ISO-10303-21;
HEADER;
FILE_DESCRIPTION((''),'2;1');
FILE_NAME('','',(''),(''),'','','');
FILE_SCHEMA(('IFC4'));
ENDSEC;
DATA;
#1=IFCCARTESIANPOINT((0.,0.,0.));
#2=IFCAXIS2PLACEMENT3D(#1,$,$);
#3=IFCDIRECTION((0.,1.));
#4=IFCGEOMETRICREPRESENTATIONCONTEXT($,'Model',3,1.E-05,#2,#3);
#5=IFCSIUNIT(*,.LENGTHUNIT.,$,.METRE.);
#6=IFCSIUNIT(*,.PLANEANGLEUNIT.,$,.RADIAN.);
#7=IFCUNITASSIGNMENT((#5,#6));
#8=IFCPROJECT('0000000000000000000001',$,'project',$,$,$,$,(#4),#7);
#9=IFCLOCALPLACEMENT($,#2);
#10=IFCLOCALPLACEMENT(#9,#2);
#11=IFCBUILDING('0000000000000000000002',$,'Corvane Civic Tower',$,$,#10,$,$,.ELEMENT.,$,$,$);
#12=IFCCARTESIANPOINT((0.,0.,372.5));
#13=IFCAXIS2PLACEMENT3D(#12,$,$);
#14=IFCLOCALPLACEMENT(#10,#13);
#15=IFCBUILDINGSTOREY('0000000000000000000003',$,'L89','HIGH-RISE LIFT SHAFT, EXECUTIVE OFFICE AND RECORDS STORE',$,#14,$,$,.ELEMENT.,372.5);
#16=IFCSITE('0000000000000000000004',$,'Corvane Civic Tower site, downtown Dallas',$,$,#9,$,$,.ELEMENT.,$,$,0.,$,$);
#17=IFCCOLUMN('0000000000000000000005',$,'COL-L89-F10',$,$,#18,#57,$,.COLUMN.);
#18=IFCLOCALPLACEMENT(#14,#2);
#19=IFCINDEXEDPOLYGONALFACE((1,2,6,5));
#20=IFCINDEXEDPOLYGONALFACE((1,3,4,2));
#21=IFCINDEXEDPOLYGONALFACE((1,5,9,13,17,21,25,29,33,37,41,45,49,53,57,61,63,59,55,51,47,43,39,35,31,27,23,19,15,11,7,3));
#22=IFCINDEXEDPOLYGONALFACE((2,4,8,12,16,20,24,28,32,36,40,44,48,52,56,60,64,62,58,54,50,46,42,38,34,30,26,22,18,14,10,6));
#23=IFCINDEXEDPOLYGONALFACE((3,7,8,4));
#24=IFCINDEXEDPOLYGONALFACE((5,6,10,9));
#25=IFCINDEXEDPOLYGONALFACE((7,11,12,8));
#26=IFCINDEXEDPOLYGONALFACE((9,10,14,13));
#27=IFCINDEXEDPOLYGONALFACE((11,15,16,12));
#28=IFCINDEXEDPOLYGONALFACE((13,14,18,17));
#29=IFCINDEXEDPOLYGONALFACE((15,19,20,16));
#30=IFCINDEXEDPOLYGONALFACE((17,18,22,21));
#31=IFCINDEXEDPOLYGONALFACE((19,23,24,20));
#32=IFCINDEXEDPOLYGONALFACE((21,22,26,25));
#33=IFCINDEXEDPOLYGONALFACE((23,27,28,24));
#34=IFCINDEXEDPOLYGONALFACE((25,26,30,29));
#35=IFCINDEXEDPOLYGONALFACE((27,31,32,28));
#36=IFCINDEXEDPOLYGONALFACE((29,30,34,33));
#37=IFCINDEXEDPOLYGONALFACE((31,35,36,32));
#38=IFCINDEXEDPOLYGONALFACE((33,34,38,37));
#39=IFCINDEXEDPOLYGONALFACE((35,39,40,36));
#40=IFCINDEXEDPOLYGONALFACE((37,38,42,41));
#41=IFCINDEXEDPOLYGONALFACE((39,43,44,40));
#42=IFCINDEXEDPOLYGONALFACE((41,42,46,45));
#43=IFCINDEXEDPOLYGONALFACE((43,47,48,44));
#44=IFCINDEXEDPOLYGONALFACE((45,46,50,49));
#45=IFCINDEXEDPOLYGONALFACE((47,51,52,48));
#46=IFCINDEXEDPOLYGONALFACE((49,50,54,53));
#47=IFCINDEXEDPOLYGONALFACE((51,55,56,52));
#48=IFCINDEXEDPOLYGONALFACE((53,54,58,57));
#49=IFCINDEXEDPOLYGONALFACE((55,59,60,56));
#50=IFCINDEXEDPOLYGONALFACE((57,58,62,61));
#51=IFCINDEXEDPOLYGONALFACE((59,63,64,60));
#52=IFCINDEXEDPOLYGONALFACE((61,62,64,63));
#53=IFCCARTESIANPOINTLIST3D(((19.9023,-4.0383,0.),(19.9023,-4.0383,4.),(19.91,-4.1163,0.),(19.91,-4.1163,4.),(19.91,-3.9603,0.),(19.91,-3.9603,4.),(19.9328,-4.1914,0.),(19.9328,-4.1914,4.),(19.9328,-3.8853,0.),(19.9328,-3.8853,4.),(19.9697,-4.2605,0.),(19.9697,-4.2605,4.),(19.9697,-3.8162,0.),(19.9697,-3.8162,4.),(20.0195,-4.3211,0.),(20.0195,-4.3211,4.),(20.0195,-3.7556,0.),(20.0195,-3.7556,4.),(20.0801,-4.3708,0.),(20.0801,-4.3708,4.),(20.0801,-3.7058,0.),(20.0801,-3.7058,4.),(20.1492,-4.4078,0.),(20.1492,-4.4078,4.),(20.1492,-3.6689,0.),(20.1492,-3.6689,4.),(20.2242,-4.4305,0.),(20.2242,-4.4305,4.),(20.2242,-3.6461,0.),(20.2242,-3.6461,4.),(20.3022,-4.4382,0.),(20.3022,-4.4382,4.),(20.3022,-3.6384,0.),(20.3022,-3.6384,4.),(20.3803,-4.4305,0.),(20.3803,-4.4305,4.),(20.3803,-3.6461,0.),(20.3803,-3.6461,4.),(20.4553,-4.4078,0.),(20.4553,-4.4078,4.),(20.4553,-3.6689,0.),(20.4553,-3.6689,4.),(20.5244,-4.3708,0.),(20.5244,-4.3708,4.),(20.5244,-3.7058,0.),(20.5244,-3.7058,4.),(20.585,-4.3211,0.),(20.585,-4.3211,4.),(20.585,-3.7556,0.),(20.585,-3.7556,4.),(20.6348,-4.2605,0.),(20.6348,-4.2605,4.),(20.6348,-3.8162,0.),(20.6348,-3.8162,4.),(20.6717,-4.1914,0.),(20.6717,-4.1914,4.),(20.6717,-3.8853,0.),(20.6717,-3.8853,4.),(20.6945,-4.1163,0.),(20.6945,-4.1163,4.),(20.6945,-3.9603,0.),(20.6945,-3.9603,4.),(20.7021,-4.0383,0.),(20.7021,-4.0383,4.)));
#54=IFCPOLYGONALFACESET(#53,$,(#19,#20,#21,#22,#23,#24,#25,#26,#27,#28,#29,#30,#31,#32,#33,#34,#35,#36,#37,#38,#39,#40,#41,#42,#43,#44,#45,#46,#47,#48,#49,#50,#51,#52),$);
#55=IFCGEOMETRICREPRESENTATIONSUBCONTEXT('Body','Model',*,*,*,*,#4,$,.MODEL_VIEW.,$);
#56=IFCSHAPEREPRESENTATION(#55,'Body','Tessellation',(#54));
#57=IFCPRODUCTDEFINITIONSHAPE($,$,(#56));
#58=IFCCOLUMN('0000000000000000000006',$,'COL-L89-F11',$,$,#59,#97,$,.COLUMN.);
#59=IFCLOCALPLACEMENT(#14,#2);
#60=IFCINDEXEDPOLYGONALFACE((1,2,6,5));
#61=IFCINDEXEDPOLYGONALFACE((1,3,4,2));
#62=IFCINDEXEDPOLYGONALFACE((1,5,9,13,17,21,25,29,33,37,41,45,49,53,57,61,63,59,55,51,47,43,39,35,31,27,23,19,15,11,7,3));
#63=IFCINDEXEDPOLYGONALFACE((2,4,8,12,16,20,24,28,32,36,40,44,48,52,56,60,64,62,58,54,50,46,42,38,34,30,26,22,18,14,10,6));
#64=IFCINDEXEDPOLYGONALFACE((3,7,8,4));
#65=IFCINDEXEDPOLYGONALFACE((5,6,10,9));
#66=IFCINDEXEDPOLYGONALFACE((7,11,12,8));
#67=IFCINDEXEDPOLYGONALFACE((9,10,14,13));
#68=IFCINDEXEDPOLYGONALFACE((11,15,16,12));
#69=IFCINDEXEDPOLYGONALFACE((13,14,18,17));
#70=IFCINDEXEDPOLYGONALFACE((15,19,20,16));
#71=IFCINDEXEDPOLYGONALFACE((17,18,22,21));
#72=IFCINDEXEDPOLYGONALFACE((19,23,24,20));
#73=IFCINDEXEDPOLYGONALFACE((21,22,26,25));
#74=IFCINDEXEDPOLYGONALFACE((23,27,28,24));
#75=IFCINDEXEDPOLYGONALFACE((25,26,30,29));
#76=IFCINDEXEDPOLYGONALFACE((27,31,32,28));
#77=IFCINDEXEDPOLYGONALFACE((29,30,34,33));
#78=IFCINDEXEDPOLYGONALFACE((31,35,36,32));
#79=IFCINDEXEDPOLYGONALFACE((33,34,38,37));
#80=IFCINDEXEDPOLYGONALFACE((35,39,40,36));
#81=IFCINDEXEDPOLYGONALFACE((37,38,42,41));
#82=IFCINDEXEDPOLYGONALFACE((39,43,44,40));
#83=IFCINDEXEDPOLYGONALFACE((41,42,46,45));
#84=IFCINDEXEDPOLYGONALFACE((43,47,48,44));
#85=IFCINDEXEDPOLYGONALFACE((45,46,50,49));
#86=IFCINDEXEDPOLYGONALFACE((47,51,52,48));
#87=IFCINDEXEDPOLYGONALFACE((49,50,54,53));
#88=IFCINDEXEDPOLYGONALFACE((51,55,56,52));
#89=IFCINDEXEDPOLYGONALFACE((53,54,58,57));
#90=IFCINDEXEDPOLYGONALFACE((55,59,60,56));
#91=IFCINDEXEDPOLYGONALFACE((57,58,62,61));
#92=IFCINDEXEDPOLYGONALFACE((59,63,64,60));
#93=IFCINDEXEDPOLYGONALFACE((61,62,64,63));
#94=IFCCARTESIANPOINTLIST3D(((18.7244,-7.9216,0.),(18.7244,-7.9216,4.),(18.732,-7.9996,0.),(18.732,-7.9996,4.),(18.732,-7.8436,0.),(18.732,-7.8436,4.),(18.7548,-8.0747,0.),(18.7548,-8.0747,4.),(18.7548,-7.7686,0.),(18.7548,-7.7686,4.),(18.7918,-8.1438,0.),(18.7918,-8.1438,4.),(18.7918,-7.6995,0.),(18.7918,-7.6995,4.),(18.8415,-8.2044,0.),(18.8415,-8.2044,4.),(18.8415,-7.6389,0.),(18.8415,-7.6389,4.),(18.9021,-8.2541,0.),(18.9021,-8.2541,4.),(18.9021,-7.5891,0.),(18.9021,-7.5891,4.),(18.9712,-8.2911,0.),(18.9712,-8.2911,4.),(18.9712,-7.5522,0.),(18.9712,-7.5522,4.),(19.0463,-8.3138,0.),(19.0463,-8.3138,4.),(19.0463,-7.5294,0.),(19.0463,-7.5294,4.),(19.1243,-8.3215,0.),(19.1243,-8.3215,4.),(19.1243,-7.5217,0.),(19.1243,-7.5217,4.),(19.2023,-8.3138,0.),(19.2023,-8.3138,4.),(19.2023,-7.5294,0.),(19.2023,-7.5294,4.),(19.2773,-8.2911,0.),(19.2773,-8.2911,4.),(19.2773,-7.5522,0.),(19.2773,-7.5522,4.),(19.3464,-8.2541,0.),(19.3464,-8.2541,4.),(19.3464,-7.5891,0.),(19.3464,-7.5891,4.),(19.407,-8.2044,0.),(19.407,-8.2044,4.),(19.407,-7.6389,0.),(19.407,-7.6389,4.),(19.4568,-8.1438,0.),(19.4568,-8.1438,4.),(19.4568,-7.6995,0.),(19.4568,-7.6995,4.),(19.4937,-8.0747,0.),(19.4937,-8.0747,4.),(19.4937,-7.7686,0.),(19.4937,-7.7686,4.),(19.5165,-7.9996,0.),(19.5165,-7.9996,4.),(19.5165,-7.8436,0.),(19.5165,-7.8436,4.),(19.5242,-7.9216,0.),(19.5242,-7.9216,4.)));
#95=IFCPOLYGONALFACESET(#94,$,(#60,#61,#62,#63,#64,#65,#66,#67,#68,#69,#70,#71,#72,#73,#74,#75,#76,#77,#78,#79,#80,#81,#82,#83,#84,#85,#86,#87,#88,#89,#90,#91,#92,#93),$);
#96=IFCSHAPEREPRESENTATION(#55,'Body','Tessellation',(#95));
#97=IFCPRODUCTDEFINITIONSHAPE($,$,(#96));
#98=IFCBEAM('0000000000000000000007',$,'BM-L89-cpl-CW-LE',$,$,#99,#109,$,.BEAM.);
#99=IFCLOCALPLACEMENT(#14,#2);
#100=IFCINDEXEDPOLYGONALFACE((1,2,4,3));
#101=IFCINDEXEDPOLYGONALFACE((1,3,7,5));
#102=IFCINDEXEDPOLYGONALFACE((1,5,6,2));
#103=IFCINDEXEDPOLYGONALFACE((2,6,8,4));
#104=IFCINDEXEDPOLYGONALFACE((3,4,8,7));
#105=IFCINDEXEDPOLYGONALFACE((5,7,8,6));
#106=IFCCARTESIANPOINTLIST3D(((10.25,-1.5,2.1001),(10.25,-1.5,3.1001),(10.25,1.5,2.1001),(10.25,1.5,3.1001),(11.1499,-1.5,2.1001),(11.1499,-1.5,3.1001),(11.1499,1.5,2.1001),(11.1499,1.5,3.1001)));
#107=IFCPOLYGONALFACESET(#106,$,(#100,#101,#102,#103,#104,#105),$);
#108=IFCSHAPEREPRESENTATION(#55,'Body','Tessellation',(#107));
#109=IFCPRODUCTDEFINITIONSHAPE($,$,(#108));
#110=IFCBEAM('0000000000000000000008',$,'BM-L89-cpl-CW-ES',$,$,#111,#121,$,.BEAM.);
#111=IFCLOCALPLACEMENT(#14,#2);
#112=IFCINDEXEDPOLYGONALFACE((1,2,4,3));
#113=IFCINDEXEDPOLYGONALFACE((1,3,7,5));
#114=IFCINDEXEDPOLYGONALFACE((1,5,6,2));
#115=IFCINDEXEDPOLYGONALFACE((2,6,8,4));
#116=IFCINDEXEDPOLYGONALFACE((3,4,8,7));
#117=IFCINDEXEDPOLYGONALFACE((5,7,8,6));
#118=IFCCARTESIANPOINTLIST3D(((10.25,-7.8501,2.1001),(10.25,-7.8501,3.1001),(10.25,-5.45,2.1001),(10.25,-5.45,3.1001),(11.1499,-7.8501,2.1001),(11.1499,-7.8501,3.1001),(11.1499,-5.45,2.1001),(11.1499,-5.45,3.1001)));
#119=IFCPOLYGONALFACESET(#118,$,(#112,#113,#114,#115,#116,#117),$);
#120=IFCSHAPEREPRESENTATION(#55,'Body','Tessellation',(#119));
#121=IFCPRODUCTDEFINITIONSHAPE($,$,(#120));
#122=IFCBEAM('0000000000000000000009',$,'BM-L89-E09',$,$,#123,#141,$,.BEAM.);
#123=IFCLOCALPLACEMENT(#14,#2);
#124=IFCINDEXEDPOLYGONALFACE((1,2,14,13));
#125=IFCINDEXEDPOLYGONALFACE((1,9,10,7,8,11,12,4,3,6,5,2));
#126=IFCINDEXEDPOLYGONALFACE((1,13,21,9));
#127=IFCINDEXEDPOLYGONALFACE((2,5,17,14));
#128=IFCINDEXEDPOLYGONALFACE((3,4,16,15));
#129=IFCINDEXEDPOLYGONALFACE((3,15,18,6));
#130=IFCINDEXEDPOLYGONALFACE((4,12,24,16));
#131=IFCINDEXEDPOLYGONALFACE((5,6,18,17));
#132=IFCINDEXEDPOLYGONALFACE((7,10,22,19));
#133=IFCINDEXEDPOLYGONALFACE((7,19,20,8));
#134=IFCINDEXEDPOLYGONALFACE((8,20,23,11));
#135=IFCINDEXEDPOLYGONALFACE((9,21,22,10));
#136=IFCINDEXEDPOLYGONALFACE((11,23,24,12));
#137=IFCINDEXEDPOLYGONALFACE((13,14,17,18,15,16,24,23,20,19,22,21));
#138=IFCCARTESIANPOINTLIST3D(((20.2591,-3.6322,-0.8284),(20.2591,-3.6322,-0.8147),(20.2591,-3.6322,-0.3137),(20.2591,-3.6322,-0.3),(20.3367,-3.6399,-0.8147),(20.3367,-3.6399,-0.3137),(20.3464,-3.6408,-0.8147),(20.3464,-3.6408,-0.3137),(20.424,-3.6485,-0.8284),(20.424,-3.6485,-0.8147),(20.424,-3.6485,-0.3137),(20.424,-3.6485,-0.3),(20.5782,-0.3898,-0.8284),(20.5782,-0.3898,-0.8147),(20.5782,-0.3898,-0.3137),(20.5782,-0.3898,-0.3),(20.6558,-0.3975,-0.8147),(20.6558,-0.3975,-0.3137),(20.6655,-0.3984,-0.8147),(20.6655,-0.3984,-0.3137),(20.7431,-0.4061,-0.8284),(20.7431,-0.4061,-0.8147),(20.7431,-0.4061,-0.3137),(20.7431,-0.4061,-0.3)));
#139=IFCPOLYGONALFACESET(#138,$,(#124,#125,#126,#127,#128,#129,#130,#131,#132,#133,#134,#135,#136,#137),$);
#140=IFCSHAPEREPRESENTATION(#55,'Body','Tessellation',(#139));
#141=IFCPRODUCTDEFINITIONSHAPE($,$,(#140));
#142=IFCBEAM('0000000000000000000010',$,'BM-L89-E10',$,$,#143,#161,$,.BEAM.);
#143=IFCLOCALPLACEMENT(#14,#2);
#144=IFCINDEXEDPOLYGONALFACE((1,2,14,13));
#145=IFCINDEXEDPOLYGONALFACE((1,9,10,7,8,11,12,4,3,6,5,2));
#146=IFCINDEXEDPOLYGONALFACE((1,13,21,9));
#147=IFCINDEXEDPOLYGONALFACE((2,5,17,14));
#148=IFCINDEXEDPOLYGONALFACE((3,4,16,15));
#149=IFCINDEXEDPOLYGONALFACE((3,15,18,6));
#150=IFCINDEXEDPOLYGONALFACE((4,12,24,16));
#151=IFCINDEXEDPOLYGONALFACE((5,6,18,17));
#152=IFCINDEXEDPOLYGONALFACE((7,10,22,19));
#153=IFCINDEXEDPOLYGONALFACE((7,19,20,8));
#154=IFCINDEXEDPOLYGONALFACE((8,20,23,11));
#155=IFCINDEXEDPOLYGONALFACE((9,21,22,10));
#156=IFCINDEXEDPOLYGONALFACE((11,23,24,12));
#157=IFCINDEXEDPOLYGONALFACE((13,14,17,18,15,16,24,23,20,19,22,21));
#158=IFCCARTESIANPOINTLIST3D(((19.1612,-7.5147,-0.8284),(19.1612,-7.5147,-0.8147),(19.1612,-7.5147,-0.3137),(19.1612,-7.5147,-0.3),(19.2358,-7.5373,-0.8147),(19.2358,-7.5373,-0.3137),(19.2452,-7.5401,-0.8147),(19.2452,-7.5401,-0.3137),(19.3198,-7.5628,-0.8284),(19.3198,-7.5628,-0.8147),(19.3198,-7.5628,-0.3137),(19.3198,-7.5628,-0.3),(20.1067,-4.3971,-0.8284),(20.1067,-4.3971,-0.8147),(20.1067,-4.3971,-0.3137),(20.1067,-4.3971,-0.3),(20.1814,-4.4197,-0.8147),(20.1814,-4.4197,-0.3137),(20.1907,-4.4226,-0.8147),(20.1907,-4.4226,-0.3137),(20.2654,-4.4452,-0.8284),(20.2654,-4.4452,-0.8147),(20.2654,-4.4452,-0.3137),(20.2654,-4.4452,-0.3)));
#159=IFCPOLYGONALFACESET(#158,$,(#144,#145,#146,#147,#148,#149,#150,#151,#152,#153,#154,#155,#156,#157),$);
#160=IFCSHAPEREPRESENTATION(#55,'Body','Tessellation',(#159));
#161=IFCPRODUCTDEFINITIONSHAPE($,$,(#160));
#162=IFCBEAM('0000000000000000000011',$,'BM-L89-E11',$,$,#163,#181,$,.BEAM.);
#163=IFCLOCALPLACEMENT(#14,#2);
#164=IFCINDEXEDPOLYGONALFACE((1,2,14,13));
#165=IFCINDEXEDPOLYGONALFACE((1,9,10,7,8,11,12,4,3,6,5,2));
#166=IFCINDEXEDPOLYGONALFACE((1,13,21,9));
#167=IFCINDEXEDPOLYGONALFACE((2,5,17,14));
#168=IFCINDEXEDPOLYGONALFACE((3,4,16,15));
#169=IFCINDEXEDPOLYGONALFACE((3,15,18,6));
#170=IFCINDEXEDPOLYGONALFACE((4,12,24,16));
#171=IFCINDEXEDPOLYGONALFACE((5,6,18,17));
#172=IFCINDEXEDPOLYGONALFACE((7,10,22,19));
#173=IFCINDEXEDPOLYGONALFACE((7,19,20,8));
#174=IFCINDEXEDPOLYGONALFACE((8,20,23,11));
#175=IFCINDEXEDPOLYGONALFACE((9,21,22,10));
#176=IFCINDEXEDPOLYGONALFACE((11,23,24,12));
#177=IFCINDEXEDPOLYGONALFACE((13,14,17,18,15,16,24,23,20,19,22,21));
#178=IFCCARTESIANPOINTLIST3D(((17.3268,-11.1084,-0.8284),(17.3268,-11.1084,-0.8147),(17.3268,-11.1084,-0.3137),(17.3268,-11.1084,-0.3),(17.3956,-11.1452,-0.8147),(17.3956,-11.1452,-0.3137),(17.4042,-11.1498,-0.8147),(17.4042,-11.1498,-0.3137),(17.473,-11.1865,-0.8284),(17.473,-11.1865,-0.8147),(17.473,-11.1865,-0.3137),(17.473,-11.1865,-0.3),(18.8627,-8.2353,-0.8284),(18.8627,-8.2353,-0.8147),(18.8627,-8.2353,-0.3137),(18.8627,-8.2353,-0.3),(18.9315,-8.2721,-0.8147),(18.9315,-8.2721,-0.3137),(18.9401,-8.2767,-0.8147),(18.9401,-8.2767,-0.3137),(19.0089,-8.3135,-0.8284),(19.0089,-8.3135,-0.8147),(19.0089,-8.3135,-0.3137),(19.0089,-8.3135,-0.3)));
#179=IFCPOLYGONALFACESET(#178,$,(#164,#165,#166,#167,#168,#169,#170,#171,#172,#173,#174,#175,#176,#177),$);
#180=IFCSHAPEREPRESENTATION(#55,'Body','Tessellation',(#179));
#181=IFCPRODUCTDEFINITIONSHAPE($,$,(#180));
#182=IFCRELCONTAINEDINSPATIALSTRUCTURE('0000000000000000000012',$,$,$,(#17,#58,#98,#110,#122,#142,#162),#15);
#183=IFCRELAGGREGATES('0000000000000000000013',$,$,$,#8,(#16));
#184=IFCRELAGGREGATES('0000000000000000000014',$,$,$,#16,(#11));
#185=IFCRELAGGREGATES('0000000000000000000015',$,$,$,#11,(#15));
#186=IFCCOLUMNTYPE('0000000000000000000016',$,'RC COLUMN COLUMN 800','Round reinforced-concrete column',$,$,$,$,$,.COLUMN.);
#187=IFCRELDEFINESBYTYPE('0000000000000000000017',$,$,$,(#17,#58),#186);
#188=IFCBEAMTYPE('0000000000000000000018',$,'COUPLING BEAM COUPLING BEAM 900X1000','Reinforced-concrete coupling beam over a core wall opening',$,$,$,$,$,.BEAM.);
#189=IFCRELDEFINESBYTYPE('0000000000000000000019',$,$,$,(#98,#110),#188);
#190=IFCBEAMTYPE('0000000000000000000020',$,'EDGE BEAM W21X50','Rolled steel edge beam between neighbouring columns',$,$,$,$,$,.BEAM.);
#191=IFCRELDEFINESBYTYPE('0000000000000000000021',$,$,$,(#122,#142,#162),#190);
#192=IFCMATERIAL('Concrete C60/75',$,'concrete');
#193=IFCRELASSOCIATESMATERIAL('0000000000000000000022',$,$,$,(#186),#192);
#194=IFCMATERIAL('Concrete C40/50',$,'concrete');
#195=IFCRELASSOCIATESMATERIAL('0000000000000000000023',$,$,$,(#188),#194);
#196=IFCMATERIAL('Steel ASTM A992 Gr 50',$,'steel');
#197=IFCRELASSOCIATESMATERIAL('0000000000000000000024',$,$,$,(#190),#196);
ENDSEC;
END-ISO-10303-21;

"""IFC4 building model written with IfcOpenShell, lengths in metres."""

from ifc_helpers import new_model, si_unit, direction, frame, origin, origin_2d, place, context, subcontext, project, spatial, rectangle, circle, i_section, extrude, material, material_profile, profile_set, type_object, element, save


model = new_model("IFC4")

# Units and contexts
model_context = context("Model", 3, precision=1e-05, world=origin(), true_north=direction((0.0, 1.0)))
body_context = subcontext(model_context, "Body", "Model", "MODEL_VIEW")
ifc_project = project(units=[si_unit("LENGTHUNIT", "METRE"), si_unit("PLANEANGLEUNIT", "RADIAN")], contexts=[model_context])

# Site, building, storey
site_placement = place(None, origin())
site = spatial("IfcSite", under=ifc_project, at=site_placement, Name="Corvane Civic Tower site, downtown Dallas", CompositionType="ELEMENT", RefElevation=0.0)
building_placement = place(site_placement, origin())
building = spatial("IfcBuilding", under=site, at=building_placement, Name="Corvane Civic Tower", CompositionType="ELEMENT")
storey_placement = place(building_placement, frame((0.0, 0.0, 372.5)))
storey = spatial("IfcBuildingStorey", under=building, at=storey_placement, Name="L89", Description="HIGH-RISE LIFT SHAFT, EXECUTIVE OFFICE AND RECORDS STORE", CompositionType="ELEMENT", Elevation=372.5)

# Columns
ifc_material_1 = material(Name="Concrete C60/75", Category="concrete")
ifc_material_profile_1 = material_profile(ifc_material_1, circle(Radius=0.3999, at=origin_2d()), Name="COLUMN 800")
ifc_profile_set_1 = profile_set([ifc_material_profile_1], Name="Concrete C60/75")
column_type = type_object("IfcColumnType", Name="RC COLUMN COLUMN 800", Description="Round reinforced-concrete column", PredefinedType="COLUMN", material=ifc_profile_set_1)
for number, where, z_axis, x_axis, name in (
    (1, (20.3022, -4.0383, 0.0), (0.0, 0.0, 1.0), (1.0, 0.0, 0.0), "COL-L89-F10"),
    (2, (19.1243, -7.9216, 0.0), (0.0, 0.0, 1.0), (1.0, 0.0, 0.0), "COL-L89-F11"),
):
    element("IfcColumn", number, at=place(storey_placement, frame(where, z_axis=z_axis, x_axis=x_axis)), inside=storey, type_object=column_type, Name=name, PredefinedType="COLUMN", context=body_context, shape_type="SweptSolid", body=[
        extrude(circle(Radius=0.3999, at=origin_2d()), origin(), (0.0, 0.0, 1.0), 4.0),
    ])

# Beams
ifc_material_2 = material(Name="Concrete C40/50", Category="concrete")
ifc_material_profile_2 = material_profile(ifc_material_2, rectangle(XDim=0.8999, YDim=1.0, at=origin_2d()), Name="COUPLING BEAM 900X1000")
ifc_profile_set_2 = profile_set([ifc_material_profile_2], Name="Concrete C40/50")
beam_type_1 = type_object("IfcBeamType", Name="COUPLING BEAM COUPLING BEAM 900X1000", Description="Reinforced-concrete coupling beam over a core wall opening", PredefinedType="BEAM", material=ifc_profile_set_2)
beam_1_placement = place(storey_placement, frame((10.7, -1.5, 2.6001), z_axis=(0.0, 1.0, 0.0), x_axis=(-1.0, 0.0, 0.0)))
element("IfcBeam", 3, at=beam_1_placement, inside=storey, type_object=beam_type_1, Name="BM-L89-cpl-CW-LE", PredefinedType="BEAM", context=body_context, shape_type="SweptSolid", body=[
    extrude(rectangle(XDim=0.8999, YDim=1.0, at=origin_2d()), origin(), (0.0, 0.0, 1.0), 3.0),
])
beam_2_placement = place(storey_placement, frame((10.7, -7.8501, 2.6001), z_axis=(0.0, 1.0, 0.0), x_axis=(-1.0, 0.0, 0.0)))
element("IfcBeam", 4, at=beam_2_placement, inside=storey, type_object=beam_type_1, Name="BM-L89-cpl-CW-ES", PredefinedType="BEAM", context=body_context, shape_type="SweptSolid", body=[
    extrude(rectangle(XDim=0.8999, YDim=1.0, at=origin_2d()), origin(), (0.0, 0.0, 1.0), 2.4001),
])
ifc_material_3 = material(Name="Steel ASTM A992 Gr 50", Category="steel")
ifc_material_profile_3 = material_profile(ifc_material_3, i_section(OverallWidth=0.1658, OverallDepth=0.5283, WebThickness=0.0098, FlangeThickness=0.0137, at=origin_2d()), Name="W21X50")
ifc_profile_set_3 = profile_set([ifc_material_profile_3], Name="Steel ASTM A992 Gr 50")
beam_type_2 = type_object("IfcBeamType", Name="EDGE BEAM W21X50", Description="Rolled steel edge beam between neighbouring columns", PredefinedType="BEAM", material=ifc_profile_set_3)
beam_3_placement = place(storey_placement, frame((20.6606, -0.3979, -0.5642), z_axis=(-0.097938, -0.995193, 0.0), x_axis=(0.995193, -0.097938, 0.0)))
element("IfcBeam", 5, at=beam_3_placement, inside=storey, type_object=beam_type_2, Name="BM-L89-E09", PredefinedType="BEAM", context=body_context, shape_type="SweptSolid", body=[
    extrude(i_section(OverallWidth=0.1658, OverallDepth=0.5283, WebThickness=0.0098, FlangeThickness=0.0137, at=origin_2d()), origin(), (0.0, 0.0, 1.0), 3.2581),
])
for number, where, z_axis, x_axis, name in (
    (6, (20.186, -4.4211, -0.5642), (-0.290234, -0.956956, 0.0), (0.956956, -0.290234, 0.0), "BM-L89-E10"),
    (7, (18.9358, -8.2744, -0.5642), (-0.471448, -0.881894, 0.0), (0.881894, -0.471448, 0.0), "BM-L89-E11"),
):
    element("IfcBeam", number, at=place(storey_placement, frame(where, z_axis=z_axis, x_axis=x_axis)), inside=storey, type_object=beam_type_2, Name=name, PredefinedType="BEAM", context=body_context, shape_type="SweptSolid", body=[
        extrude(i_section(OverallWidth=0.1658, OverallDepth=0.5283, WebThickness=0.0098, FlangeThickness=0.0137, at=origin_2d()), origin(), (0.0, 0.0, 1.0), 3.2578),
    ])

save(model, "model.ifc")
